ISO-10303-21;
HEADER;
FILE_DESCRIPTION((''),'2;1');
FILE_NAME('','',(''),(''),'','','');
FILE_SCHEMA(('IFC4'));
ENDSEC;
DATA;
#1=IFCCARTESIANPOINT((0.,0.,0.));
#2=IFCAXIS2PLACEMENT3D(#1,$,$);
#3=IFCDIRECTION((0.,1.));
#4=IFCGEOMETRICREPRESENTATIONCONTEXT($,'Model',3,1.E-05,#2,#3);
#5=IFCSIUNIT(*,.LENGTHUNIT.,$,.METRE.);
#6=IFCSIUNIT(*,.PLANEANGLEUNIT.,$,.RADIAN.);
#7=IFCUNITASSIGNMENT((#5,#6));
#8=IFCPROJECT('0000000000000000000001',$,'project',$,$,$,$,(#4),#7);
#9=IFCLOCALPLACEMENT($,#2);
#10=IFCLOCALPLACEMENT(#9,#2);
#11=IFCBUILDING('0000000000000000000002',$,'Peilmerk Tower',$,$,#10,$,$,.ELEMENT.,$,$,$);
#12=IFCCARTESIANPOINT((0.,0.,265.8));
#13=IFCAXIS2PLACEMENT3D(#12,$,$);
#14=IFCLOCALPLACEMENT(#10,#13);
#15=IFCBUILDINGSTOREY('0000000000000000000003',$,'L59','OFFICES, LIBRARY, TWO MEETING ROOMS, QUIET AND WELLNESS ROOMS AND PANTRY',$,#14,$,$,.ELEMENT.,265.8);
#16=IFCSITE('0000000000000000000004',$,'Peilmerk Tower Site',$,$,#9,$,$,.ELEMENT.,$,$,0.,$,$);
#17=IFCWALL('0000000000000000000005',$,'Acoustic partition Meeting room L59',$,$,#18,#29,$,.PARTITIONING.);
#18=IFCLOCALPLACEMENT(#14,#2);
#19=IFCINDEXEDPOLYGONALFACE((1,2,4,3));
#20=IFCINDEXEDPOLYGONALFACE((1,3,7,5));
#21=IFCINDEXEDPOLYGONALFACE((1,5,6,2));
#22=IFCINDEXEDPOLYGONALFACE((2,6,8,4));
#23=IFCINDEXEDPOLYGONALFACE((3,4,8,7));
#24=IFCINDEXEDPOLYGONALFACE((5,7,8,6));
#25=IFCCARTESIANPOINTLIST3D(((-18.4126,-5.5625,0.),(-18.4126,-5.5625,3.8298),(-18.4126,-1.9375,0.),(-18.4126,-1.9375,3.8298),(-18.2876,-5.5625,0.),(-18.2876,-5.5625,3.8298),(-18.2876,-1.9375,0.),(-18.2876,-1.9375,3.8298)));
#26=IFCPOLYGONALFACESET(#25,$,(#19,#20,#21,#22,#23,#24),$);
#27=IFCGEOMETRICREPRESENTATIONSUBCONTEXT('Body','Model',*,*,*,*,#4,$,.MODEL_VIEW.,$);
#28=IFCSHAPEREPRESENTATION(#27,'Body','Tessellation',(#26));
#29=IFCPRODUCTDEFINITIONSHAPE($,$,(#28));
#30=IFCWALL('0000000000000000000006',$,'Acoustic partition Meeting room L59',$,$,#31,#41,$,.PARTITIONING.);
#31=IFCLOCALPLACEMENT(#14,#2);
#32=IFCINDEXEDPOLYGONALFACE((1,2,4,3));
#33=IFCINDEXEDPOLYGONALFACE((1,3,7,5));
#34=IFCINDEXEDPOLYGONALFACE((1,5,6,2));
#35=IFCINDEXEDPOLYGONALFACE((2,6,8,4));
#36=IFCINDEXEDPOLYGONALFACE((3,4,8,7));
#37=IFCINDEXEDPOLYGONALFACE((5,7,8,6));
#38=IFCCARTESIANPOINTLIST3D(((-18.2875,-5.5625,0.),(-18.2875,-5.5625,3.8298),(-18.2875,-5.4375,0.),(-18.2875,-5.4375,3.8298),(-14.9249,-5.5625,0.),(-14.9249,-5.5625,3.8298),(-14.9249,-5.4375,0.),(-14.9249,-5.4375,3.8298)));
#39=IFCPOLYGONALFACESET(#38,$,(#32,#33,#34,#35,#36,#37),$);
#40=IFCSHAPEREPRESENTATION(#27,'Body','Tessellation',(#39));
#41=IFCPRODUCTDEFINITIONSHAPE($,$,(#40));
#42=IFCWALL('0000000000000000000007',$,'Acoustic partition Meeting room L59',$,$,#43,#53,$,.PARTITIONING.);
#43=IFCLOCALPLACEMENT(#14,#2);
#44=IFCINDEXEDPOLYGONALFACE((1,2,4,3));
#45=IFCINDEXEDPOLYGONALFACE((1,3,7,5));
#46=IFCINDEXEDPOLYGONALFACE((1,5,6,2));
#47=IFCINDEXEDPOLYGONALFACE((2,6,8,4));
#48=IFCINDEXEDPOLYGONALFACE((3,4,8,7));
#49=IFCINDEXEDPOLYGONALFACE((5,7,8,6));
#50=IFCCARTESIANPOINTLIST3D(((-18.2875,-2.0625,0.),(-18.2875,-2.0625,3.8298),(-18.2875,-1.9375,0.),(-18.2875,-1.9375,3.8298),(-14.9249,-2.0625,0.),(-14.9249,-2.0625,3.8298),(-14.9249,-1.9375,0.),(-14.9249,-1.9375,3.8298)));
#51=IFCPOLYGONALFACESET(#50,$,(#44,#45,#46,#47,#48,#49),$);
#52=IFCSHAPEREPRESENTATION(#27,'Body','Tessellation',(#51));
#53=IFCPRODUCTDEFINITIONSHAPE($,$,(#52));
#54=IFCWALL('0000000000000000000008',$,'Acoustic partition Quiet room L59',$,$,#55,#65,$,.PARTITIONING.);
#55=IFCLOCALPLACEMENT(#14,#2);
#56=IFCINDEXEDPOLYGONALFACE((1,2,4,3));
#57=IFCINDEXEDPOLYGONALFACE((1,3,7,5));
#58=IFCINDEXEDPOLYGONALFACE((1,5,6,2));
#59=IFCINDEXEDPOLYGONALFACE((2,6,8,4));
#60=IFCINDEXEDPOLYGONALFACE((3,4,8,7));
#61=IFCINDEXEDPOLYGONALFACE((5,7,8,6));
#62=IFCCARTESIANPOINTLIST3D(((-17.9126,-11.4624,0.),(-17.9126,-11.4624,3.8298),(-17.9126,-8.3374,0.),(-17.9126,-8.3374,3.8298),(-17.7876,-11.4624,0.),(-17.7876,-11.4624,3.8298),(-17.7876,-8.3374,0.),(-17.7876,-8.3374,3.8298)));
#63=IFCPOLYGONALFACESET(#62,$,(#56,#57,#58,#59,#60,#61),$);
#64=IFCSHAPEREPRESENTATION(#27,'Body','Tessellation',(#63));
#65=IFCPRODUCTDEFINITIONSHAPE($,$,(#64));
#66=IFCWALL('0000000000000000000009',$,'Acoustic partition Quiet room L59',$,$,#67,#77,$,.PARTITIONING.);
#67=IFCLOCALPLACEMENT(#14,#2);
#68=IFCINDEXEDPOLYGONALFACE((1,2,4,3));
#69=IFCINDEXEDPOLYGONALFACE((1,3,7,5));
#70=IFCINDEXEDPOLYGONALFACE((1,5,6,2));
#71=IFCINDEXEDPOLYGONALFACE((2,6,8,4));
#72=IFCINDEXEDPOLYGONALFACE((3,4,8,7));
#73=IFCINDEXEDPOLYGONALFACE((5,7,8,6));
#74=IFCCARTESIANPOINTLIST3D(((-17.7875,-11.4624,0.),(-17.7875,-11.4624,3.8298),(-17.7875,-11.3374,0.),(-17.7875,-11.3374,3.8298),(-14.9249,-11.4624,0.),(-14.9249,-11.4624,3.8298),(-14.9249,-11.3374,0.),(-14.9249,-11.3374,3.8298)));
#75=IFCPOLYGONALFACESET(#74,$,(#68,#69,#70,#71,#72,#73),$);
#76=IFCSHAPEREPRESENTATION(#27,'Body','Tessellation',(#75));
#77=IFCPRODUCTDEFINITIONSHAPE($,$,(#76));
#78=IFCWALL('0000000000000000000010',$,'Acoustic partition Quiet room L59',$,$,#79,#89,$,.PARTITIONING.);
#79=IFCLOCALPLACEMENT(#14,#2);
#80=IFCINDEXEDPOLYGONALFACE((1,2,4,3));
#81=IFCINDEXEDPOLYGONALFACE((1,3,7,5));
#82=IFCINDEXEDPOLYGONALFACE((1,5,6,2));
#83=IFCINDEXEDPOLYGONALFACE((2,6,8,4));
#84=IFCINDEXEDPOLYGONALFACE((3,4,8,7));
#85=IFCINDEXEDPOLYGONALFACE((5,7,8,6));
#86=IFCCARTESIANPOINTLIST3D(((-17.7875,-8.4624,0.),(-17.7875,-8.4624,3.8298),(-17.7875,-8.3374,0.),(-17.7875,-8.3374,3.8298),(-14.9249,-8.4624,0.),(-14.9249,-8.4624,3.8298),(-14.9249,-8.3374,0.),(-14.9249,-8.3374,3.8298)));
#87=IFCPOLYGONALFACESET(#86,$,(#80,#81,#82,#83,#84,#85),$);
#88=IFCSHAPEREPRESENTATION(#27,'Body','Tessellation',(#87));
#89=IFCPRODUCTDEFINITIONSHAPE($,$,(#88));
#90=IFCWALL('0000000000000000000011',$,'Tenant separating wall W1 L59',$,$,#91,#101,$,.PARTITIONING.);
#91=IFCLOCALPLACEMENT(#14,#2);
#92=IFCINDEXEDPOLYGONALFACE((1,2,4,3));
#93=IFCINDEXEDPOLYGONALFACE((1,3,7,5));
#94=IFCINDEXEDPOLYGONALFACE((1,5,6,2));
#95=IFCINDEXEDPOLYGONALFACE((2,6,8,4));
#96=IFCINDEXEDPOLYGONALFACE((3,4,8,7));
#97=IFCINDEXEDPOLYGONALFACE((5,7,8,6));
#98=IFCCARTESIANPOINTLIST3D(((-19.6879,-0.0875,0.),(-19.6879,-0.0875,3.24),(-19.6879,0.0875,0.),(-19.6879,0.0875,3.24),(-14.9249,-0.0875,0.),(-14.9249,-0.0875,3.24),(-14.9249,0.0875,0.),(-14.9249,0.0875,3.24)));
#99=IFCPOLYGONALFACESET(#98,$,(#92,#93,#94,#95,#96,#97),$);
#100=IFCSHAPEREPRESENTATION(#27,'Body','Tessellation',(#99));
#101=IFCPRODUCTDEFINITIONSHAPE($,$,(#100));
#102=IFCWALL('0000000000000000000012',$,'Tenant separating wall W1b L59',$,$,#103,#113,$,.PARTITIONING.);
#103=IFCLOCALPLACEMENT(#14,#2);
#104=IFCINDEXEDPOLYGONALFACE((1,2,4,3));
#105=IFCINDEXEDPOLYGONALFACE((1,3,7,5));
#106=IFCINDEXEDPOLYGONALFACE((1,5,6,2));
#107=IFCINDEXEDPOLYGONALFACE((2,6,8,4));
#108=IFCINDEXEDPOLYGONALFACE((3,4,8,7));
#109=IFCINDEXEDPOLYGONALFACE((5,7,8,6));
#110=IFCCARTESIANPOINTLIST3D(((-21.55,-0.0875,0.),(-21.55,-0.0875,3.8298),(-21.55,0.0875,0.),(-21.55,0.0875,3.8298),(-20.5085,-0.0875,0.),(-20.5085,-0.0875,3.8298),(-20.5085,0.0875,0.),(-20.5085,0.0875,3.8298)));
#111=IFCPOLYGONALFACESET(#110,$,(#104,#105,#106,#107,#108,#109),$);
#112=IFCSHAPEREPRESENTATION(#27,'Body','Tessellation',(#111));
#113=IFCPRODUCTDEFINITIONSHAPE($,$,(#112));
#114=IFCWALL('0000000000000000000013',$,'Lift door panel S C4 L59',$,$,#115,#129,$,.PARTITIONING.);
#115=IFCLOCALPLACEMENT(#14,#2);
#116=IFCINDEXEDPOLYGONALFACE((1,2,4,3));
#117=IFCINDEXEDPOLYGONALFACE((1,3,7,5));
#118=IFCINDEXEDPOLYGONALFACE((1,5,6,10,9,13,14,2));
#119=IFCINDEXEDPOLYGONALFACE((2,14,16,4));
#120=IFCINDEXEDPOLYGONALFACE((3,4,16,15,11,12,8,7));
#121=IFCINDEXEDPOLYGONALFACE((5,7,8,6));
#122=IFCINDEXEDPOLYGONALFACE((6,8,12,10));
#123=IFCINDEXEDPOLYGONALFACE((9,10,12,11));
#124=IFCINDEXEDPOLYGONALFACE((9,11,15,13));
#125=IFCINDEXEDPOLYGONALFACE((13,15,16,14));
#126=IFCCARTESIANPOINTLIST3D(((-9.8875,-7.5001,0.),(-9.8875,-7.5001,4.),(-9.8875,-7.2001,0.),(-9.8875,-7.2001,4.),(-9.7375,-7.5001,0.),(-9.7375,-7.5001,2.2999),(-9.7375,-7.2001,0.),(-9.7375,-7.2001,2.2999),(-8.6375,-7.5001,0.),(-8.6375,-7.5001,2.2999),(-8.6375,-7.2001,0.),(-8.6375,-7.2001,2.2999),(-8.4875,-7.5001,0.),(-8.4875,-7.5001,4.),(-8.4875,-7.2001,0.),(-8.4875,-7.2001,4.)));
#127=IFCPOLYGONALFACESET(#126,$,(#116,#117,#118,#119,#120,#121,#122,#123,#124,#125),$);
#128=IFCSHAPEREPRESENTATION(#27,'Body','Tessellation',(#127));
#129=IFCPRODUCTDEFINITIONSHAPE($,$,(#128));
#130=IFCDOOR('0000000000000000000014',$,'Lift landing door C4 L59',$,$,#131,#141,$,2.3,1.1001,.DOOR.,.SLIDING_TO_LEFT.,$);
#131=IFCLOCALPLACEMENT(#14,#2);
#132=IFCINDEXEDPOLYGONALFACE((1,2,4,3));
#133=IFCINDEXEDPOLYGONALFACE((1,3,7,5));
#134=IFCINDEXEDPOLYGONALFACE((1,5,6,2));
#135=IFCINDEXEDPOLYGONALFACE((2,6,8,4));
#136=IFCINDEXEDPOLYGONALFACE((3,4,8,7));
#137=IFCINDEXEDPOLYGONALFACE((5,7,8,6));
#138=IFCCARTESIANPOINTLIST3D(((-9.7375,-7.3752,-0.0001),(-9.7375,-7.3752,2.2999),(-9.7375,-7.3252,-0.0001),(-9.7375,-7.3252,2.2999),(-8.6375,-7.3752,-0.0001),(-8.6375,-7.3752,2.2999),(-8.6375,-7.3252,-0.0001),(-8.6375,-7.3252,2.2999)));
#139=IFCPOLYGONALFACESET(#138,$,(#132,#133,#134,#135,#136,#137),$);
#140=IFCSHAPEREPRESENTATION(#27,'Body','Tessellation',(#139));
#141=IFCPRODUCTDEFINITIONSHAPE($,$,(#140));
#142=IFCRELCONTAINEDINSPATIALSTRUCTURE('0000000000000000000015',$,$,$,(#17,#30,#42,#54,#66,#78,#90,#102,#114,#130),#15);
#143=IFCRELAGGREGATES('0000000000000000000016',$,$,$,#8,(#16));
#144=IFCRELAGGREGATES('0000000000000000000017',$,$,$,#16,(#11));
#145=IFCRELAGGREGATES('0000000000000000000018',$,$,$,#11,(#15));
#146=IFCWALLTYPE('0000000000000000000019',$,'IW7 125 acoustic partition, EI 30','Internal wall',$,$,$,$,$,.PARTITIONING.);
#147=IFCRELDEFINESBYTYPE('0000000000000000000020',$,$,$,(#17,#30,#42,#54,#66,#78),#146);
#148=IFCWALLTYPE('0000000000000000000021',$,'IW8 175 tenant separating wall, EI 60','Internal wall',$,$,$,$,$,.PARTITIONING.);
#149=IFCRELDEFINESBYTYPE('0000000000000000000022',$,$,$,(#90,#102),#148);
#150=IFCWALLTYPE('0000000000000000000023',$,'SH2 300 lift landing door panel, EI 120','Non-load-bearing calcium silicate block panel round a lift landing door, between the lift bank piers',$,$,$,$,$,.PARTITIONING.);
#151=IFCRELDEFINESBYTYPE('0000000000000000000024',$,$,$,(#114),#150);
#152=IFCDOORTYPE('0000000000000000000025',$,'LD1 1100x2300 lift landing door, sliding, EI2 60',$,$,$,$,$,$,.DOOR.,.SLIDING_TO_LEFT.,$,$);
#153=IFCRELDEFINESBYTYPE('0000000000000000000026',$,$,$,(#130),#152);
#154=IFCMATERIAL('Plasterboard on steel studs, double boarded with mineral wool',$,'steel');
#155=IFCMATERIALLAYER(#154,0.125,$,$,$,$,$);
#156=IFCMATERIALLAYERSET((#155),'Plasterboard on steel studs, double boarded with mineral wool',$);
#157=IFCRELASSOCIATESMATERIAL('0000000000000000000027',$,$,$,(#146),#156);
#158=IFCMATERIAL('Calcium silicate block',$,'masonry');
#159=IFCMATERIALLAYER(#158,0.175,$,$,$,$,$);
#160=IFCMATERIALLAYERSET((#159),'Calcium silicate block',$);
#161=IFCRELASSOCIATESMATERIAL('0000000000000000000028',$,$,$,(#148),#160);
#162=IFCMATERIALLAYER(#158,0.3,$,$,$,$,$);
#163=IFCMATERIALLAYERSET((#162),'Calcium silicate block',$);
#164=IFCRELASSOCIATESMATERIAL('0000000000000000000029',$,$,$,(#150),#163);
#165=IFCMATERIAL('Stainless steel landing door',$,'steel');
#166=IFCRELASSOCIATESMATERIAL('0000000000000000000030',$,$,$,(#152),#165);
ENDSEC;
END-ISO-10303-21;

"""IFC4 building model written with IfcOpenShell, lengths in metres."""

from ifc_helpers import new_model, si_unit, direction, frame, frame_2d, origin, place, context, subcontext, project, spatial, rectangle, extrude, material, layer, layer_set, type_object, element, fill, save


model = new_model("IFC4")

# Units and contexts
model_context = context("Model", 3, precision=1e-05, world=origin(), true_north=direction((0.0, 1.0)))
body_context = subcontext(model_context, "Body", "Model", "MODEL_VIEW")
ifc_project = project(units=[si_unit("LENGTHUNIT", "METRE"), si_unit("PLANEANGLEUNIT", "RADIAN")], contexts=[model_context])

# Site, building, storey
site_placement = place(None, origin())
site = spatial("IfcSite", under=ifc_project, at=site_placement, Name="Peilmerk Tower Site", CompositionType="ELEMENT", RefElevation=0.0)
building_placement = place(site_placement, origin())
building = spatial("IfcBuilding", under=site, at=building_placement, Name="Peilmerk Tower", CompositionType="ELEMENT")
storey_placement = place(building_placement, frame((0.0, 0.0, 265.8)))
storey = spatial("IfcBuildingStorey", under=building, at=storey_placement, Name="L59", Description="OFFICES, LIBRARY, TWO MEETING ROOMS, QUIET AND WELLNESS ROOMS AND PANTRY", CompositionType="ELEMENT", Elevation=265.8)

# Walls
ifc_material_1 = material(Name="Plasterboard on steel studs, double boarded with mineral wool", Category="steel")
ifc_layer_1 = layer(ifc_material_1, 0.125)
ifc_layer_set_1 = layer_set([ifc_layer_1], Name="Plasterboard on steel studs, double boarded with mineral wool")
wall_type_1 = type_object("IfcWallType", Name="IW7 125 acoustic partition, EI 30", Description="Internal wall", PredefinedType="PARTITIONING", material=ifc_layer_set_1)
wall_1_placement = place(storey_placement, frame((-18.3501, -5.5625, 0.0), z_axis=(0.0, 0.0, 1.0), x_axis=(0.0, 1.0, 0.0)))
element("IfcWall", 1, at=wall_1_placement, inside=storey, type_object=wall_type_1, Name="Acoustic partition Meeting room L59", PredefinedType="PARTITIONING", context=body_context, shape_type="SweptSolid", body=[
    extrude(rectangle(XDim=3.625, YDim=0.125, at=frame_2d((1.8125, 0.0))), origin(), (0.0, 0.0, 1.0), 3.8298),
])
for number, where, z_axis, x_axis, name in (
    (2, (-14.925, -5.5, 0.0), (0.0, 0.0, 1.0), (-1.0, 0.0, 0.0), "Acoustic partition Meeting room L59"),
    (3, (-14.925, -2.0, 0.0), (0.0, 0.0, 1.0), (-1.0, 0.0, 0.0), "Acoustic partition Meeting room L59"),
):
    element("IfcWall", number, at=place(storey_placement, frame(where, z_axis=z_axis, x_axis=x_axis)), inside=storey, type_object=wall_type_1, Name=name, PredefinedType="PARTITIONING", context=body_context, shape_type="SweptSolid", body=[
        extrude(rectangle(XDim=3.3625, YDim=0.125, at=frame_2d((1.6812, 0.0))), origin(), (0.0, 0.0, 1.0), 3.8298),
    ])
wall_2_placement = place(storey_placement, frame((-17.8501, -11.4624, 0.0), z_axis=(0.0, 0.0, 1.0), x_axis=(0.0, 1.0, 0.0)))
element("IfcWall", 4, at=wall_2_placement, inside=storey, type_object=wall_type_1, Name="Acoustic partition Quiet room L59", PredefinedType="PARTITIONING", context=body_context, shape_type="SweptSolid", body=[
    extrude(rectangle(XDim=3.125, YDim=0.125, at=frame_2d((1.5625, 0.0))), origin(), (0.0, 0.0, 1.0), 3.8298),
])
for number, where, z_axis, x_axis, name in (
    (5, (-14.925, -11.3999, 0.0), (0.0, 0.0, 1.0), (-1.0, 0.0, 0.0), "Acoustic partition Quiet room L59"),
    (6, (-14.925, -8.3999, 0.0), (0.0, 0.0, 1.0), (-1.0, 0.0, 0.0), "Acoustic partition Quiet room L59"),
):
    element("IfcWall", number, at=place(storey_placement, frame(where, z_axis=z_axis, x_axis=x_axis)), inside=storey, type_object=wall_type_1, Name=name, PredefinedType="PARTITIONING", context=body_context, shape_type="SweptSolid", body=[
        extrude(rectangle(XDim=2.8625, YDim=0.125, at=frame_2d((1.4312, 0.0))), origin(), (0.0, 0.0, 1.0), 3.8298),
    ])
ifc_material_2 = material(Name="Calcium silicate block", Category="masonry")
ifc_layer_2 = layer(ifc_material_2, 0.175)
ifc_layer_set_2 = layer_set([ifc_layer_2], Name="Calcium silicate block")
wall_type_2 = type_object("IfcWallType", Name="IW8 175 tenant separating wall, EI 60", Description="Internal wall", PredefinedType="PARTITIONING", material=ifc_layer_set_2)
wall_3_placement = place(storey_placement, frame((-14.925, 0.0, 0.0), z_axis=(0.0, 0.0, 1.0), x_axis=(-1.0, 0.0, 0.0)))
element("IfcWall", 7, at=wall_3_placement, inside=storey, type_object=wall_type_2, Name="Tenant separating wall W1 L59", PredefinedType="PARTITIONING", context=body_context, shape_type="SweptSolid", body=[
    extrude(rectangle(XDim=4.7629, YDim=0.175, at=frame_2d((2.3813, 0.0))), origin(), (0.0, 0.0, 1.0), 3.24),
])
wall_4_placement = place(storey_placement, frame((-20.5085, 0.0, 0.0), z_axis=(0.0, 0.0, 1.0), x_axis=(-1.0, 0.0, 0.0)))
element("IfcWall", 8, at=wall_4_placement, inside=storey, type_object=wall_type_2, Name="Tenant separating wall W1b L59", PredefinedType="PARTITIONING", context=body_context, shape_type="SweptSolid", body=[
    extrude(rectangle(XDim=1.0415, YDim=0.175, at=frame_2d((0.5208, 0.0))), origin(), (0.0, 0.0, 1.0), 3.8298),
])

# Wall, opening, door
ifc_layer_3 = layer(ifc_material_2, 0.3)
ifc_layer_set_3 = layer_set([ifc_layer_3], Name="Calcium silicate block")
wall_type_3 = type_object("IfcWallType", Name="SH2 300 lift landing door panel, EI 120", Description="Non-load-bearing calcium silicate block panel round a lift landing door, between the lift bank piers", PredefinedType="PARTITIONING", material=ifc_layer_set_3)
wall_5_placement = place(storey_placement, frame((-9.8875, -7.3501, 0.0), z_axis=(0.0, 0.0, 1.0), x_axis=(1.0, 0.0, 0.0)))
wall_5 = element("IfcWall", 9, at=wall_5_placement, inside=storey, type_object=wall_type_3, Name="Lift door panel S C4 L59", PredefinedType="PARTITIONING", context=body_context, shape_type="SweptSolid", body=[
    extrude(rectangle(XDim=1.3999, YDim=0.3, at=frame_2d((0.7, 0.0))), origin(), (0.0, 0.0, 1.0), 4.0),
])
opening_1_placement = place(wall_5_placement, frame((0.1499, 0.0, 0.0)))
opening_1 = element("IfcOpeningElement", 10, at=opening_1_placement, cuts=wall_5, PredefinedType="OPENING", context=body_context, shape_type="SweptSolid", body=[
    extrude(rectangle(XDim=1.1001, YDim=2.3, at=frame_2d((0.55, 1.1499))), frame((0.0, 0.1599, 0.0), z_axis=(0.0, -1.0, 0.0), x_axis=(1.0, 0.0, 0.0)), (0.0, 0.0, 1.0), 0.3201),
])
ifc_material_3 = material(Name="Stainless steel landing door", Category="steel")
door_type_1 = type_object("IfcDoorType", Name="LD1 1100x2300 lift landing door, sliding, EI2 60", OperationType="SLIDING_TO_LEFT", PredefinedType="DOOR", material=ifc_material_3)
door_1_placement = place(opening_1_placement, origin())
door_1 = element("IfcDoor", 11, at=door_1_placement, inside=storey, type_object=door_type_1, Name="Lift landing door C4 L59", OperationType="SLIDING_TO_LEFT", OverallHeight=2.3, OverallWidth=1.1001, PredefinedType="DOOR", context=body_context, shape_type="SweptSolid", body=[
    extrude(rectangle(XDim=1.1001, YDim=2.3, at=frame_2d((0.55, 1.1499))), frame((0.0, 0.0249, 0.0), z_axis=(0.0, -1.0, 0.0), x_axis=(1.0, 0.0, 0.0)), (0.0, 0.0, 1.0), 0.05),
])
fill(opening_1, door_1)

save(model, "model.ifc")
